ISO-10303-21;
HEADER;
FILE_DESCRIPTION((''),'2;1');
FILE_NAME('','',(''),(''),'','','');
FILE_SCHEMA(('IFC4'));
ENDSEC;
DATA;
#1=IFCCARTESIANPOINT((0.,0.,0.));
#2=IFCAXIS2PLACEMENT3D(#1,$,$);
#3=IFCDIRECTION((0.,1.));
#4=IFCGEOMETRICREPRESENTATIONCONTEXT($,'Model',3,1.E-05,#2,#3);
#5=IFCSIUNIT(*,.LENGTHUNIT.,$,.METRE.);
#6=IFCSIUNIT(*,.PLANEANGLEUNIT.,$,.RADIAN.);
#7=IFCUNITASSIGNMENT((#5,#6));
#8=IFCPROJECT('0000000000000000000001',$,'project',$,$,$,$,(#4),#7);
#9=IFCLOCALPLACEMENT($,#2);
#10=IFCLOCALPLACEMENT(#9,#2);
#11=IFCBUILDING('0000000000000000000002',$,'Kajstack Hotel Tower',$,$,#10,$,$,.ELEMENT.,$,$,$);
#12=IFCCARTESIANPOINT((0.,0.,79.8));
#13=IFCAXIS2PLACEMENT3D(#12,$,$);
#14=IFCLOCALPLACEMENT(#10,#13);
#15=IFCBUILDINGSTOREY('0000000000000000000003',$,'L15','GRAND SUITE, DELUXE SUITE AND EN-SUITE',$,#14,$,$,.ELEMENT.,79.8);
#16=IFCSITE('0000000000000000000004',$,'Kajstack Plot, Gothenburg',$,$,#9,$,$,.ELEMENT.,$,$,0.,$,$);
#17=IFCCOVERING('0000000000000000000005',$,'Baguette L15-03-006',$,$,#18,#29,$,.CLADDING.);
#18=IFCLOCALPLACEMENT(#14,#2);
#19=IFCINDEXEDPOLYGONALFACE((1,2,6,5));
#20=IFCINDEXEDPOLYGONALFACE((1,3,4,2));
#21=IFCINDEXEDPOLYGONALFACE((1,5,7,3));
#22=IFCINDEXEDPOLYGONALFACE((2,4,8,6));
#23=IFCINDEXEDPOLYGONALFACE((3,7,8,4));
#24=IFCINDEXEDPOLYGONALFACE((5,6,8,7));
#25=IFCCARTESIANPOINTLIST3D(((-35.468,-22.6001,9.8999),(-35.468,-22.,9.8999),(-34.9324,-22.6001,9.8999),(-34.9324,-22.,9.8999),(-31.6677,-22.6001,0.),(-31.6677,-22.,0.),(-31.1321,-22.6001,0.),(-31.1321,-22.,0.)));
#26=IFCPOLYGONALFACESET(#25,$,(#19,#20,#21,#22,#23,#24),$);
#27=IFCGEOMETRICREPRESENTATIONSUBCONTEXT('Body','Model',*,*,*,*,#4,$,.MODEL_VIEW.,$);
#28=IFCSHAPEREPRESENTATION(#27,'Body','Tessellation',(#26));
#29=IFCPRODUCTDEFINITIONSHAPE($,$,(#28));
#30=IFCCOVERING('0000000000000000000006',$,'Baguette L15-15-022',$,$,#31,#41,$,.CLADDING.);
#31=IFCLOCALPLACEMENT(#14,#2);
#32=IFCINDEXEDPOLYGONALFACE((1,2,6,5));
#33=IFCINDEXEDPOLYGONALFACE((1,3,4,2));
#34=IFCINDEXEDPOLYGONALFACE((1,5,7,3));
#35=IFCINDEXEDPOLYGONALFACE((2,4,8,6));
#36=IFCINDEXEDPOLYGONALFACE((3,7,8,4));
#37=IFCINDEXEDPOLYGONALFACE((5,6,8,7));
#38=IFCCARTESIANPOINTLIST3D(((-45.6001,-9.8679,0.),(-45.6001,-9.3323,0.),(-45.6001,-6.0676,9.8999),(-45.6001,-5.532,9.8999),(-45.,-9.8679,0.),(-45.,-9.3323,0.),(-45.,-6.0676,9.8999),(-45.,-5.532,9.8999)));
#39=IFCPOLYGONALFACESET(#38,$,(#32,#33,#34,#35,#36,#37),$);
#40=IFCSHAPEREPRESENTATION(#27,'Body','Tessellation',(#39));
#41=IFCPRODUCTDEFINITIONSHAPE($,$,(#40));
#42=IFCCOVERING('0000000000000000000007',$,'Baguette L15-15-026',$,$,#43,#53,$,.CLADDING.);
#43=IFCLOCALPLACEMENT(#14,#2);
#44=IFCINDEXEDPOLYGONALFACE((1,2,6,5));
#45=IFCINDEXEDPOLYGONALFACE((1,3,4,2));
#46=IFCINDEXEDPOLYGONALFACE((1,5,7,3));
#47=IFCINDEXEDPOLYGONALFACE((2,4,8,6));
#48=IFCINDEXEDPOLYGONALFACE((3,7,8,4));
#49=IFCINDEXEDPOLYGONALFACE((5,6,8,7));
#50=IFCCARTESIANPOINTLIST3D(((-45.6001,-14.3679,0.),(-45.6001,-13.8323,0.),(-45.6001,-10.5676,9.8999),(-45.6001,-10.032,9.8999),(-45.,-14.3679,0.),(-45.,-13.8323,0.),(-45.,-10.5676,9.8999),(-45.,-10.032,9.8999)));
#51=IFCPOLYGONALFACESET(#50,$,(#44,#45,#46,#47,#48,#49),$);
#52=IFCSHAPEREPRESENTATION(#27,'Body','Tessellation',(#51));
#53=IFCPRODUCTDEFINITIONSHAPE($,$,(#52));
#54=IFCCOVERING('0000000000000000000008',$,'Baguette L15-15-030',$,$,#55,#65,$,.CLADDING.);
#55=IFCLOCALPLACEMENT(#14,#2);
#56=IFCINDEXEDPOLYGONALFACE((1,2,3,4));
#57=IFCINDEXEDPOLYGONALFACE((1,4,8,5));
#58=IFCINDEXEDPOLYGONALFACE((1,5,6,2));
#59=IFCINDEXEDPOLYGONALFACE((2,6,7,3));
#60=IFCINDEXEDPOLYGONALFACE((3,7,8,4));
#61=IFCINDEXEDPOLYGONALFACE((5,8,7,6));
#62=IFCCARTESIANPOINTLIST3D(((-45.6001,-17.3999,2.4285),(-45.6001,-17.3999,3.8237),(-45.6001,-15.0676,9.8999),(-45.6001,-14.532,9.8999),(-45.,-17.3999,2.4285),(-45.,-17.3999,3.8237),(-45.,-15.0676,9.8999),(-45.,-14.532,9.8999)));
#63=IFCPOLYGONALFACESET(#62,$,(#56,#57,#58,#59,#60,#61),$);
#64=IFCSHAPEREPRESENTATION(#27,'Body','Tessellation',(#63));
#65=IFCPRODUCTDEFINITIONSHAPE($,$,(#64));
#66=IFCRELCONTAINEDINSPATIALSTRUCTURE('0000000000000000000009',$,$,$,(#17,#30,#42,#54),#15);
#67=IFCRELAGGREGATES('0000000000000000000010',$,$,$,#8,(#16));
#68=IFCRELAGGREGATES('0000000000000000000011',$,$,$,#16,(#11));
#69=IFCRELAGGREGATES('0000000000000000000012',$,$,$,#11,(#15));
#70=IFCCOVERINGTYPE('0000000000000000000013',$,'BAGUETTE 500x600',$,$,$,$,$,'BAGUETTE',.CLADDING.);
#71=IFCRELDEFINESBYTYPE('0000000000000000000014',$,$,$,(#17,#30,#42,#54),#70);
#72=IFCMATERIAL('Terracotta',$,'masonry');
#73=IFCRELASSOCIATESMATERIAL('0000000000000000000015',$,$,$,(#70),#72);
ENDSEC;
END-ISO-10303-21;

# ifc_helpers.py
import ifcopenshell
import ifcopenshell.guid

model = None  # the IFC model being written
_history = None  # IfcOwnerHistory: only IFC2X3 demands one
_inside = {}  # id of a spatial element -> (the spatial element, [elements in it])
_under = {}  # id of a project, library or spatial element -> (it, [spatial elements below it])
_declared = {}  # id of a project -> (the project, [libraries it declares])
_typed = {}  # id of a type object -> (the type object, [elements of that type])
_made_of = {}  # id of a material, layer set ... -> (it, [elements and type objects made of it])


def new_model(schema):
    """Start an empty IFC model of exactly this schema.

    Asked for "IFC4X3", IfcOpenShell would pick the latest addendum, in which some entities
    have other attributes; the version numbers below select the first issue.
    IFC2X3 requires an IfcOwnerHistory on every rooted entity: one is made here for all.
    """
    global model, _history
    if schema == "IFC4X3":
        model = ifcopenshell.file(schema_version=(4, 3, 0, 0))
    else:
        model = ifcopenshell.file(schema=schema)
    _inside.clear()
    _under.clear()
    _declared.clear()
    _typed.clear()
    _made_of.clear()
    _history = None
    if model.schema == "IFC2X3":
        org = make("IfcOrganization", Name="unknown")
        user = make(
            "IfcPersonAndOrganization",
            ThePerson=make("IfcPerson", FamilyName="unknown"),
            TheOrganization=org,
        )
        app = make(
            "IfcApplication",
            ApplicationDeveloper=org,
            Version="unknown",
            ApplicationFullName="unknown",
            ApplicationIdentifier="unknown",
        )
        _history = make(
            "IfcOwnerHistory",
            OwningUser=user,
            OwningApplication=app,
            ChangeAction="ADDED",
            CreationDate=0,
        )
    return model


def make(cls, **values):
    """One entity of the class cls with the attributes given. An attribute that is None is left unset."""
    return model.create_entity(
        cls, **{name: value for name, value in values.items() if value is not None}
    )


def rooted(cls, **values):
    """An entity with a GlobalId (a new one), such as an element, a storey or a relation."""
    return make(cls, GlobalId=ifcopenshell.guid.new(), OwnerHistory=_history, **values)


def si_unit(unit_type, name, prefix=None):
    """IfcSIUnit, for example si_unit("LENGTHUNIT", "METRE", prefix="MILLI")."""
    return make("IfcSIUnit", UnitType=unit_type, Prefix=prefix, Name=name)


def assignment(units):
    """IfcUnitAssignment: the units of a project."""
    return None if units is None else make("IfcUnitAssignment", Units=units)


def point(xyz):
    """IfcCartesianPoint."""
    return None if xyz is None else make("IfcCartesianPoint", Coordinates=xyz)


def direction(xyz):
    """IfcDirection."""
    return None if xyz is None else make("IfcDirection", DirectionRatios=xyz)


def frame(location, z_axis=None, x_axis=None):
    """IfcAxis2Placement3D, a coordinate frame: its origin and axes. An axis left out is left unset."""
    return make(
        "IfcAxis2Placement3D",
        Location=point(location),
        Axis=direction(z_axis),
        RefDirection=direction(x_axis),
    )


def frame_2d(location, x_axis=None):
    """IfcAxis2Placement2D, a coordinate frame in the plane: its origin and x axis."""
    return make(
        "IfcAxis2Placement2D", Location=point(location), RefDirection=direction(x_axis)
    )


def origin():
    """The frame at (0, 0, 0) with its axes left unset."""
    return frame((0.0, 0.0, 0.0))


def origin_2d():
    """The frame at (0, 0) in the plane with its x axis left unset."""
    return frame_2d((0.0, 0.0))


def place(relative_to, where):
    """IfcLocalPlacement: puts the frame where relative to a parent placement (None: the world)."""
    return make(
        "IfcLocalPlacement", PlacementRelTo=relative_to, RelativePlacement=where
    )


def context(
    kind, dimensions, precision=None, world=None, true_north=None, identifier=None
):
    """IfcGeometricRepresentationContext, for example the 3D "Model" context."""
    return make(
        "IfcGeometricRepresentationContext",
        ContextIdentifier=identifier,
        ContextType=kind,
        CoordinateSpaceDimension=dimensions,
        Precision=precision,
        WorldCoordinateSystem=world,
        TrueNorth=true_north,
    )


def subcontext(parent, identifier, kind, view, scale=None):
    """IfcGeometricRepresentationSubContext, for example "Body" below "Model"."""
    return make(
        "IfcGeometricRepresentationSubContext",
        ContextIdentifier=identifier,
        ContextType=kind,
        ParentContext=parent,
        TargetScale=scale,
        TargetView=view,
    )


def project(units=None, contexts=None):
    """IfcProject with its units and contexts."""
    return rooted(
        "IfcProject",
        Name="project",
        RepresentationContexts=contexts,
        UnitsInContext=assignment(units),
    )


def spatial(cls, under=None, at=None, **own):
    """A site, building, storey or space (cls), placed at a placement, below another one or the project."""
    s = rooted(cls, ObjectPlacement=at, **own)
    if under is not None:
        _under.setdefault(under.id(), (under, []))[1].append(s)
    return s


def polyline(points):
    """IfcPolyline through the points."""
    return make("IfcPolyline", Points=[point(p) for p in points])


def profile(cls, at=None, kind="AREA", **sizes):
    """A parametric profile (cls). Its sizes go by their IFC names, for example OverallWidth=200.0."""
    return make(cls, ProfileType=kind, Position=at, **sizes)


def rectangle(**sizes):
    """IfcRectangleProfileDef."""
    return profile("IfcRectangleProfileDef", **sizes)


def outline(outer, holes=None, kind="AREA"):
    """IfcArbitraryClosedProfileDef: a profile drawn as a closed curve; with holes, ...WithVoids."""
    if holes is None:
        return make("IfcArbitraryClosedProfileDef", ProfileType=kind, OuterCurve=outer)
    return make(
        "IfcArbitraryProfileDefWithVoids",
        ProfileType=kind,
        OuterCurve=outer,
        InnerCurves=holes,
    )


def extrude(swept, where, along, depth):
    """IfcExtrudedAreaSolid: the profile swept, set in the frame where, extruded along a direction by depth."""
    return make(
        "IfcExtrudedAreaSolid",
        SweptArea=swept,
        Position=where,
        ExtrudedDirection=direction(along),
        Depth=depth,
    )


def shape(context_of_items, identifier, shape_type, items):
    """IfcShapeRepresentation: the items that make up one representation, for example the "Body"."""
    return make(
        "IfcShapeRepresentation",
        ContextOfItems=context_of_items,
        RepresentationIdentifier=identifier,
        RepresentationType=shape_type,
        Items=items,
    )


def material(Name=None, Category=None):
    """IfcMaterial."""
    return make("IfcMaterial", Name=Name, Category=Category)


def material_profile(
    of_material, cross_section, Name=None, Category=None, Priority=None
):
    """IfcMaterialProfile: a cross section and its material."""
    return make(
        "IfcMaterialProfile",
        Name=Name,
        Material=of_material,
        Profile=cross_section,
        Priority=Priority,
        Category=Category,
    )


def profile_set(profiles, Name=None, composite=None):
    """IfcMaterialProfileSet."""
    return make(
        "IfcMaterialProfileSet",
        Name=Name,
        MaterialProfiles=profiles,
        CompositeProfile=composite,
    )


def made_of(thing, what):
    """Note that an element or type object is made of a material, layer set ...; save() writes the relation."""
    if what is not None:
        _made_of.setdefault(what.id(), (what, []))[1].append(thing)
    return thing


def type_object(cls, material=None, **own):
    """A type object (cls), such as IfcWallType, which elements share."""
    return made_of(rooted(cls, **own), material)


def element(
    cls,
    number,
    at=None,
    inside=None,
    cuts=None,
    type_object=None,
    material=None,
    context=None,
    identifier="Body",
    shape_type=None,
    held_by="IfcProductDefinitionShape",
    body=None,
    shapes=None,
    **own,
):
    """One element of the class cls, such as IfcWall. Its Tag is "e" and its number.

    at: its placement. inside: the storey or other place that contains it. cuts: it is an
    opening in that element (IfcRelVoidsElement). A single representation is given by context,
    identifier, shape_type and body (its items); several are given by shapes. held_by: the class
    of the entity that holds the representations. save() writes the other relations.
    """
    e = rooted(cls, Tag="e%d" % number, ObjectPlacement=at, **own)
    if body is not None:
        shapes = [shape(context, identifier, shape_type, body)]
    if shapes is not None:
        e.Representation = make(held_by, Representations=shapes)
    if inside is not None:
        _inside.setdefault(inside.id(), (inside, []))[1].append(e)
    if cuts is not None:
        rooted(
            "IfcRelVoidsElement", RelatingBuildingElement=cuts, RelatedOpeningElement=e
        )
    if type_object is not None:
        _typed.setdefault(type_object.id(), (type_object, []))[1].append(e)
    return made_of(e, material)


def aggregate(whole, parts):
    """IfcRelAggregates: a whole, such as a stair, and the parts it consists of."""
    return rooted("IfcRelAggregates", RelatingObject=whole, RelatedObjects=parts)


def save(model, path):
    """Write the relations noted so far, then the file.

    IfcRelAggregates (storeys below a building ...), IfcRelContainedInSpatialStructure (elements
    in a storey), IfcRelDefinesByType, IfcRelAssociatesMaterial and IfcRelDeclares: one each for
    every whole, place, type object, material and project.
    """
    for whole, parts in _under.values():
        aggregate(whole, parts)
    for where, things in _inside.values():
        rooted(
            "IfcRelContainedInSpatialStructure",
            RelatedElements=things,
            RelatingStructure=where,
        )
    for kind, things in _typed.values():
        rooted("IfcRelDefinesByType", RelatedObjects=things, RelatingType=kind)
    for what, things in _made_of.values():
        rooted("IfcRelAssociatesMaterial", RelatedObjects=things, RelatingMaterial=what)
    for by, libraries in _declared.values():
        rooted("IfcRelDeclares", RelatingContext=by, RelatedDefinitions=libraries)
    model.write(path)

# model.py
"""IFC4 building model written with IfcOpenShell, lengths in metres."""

from ifc_helpers import new_model, si_unit, direction, frame, origin, origin_2d, place, context, subcontext, project, spatial, polyline, rectangle, outline, extrude, material, material_profile, profile_set, type_object, element, save


model = new_model("IFC4")

# Units and contexts
model_context = context("Model", 3, precision=1e-05, world=origin(), true_north=direction((0.0, 1.0)))
body_context = subcontext(model_context, "Body", "Model", "MODEL_VIEW")
ifc_project = project(units=[si_unit("LENGTHUNIT", "METRE"), si_unit("PLANEANGLEUNIT", "RADIAN")], contexts=[model_context])

# Site, building, storey
site_placement = place(None, origin())
site = spatial("IfcSite", under=ifc_project, at=site_placement, Name="Kajstack Plot, Gothenburg", CompositionType="ELEMENT", RefElevation=0.0)
building_placement = place(site_placement, origin())
building = spatial("IfcBuilding", under=site, at=building_placement, Name="Kajstack Hotel Tower", CompositionType="ELEMENT")
storey_placement = place(building_placement, frame((0.0, 0.0, 79.8)))
storey = spatial("IfcBuildingStorey", under=building, at=storey_placement, Name="L15", Description="GRAND SUITE, DELUXE SUITE AND EN-SUITE", CompositionType="ELEMENT", Elevation=79.8)

# Coverings
ifc_material_1 = material(Name="Terracotta", Category="masonry")
ifc_material_profile = material_profile(ifc_material_1, rectangle(XDim=0.6001, YDim=0.5, at=origin_2d()), Name="Terracotta-clad concrete baguette 500 x 600")
ifc_profile_set = profile_set([ifc_material_profile], Name="Terracotta")
covering_type = type_object("IfcCoveringType", Name="BAGUETTE 500x600", ElementType="BAGUETTE", PredefinedType="CLADDING", material=ifc_profile_set)
for number, where, z_axis, x_axis, name in (
    (1, (-35.468, -22.0, 0.0), (0.0, -1.0, 0.0), (1.0, 0.0, 0.0), "Baguette L15-03-006"),
    (2, (-45.0, -5.532, 0.0), (-1.0, 0.0, 0.0), (0.0, -1.0, 0.0), "Baguette L15-15-022"),
    (3, (-45.0, -10.032, 0.0), (-1.0, 0.0, 0.0), (0.0, -1.0, 0.0), "Baguette L15-15-026"),
):
    element("IfcCovering", number, at=place(storey_placement, frame(where, z_axis=z_axis, x_axis=x_axis)), inside=storey, type_object=covering_type, Name=name, PredefinedType="CLADDING", context=body_context, shape_type="SweptSolid", body=[
        extrude(outline(polyline([(0.0, 9.8999), (3.8003, 0.0), (4.3359, 0.0), (0.5356, 9.8999), (0.0, 9.8999)])), origin(), (0.0, 0.0, 1.0), 0.6001),
    ])
covering_placement = place(storey_placement, frame((-45.0, -14.532, 0.0), z_axis=(-1.0, 0.0, 0.0), x_axis=(0.0, -1.0, 0.0)))
element("IfcCovering", 4, at=covering_placement, inside=storey, type_object=covering_type, Name="Baguette L15-15-030", PredefinedType="CLADDING", context=body_context, shape_type="SweptSolid", body=[
    extrude(outline(polyline([(0.0, 9.8999), (2.8679, 2.4285), (2.8679, 3.8237), (0.5356, 9.8999), (0.0, 9.8999)])), origin(), (0.0, 0.0, 1.0), 0.6001),
])

save(model, "model.ifc")
